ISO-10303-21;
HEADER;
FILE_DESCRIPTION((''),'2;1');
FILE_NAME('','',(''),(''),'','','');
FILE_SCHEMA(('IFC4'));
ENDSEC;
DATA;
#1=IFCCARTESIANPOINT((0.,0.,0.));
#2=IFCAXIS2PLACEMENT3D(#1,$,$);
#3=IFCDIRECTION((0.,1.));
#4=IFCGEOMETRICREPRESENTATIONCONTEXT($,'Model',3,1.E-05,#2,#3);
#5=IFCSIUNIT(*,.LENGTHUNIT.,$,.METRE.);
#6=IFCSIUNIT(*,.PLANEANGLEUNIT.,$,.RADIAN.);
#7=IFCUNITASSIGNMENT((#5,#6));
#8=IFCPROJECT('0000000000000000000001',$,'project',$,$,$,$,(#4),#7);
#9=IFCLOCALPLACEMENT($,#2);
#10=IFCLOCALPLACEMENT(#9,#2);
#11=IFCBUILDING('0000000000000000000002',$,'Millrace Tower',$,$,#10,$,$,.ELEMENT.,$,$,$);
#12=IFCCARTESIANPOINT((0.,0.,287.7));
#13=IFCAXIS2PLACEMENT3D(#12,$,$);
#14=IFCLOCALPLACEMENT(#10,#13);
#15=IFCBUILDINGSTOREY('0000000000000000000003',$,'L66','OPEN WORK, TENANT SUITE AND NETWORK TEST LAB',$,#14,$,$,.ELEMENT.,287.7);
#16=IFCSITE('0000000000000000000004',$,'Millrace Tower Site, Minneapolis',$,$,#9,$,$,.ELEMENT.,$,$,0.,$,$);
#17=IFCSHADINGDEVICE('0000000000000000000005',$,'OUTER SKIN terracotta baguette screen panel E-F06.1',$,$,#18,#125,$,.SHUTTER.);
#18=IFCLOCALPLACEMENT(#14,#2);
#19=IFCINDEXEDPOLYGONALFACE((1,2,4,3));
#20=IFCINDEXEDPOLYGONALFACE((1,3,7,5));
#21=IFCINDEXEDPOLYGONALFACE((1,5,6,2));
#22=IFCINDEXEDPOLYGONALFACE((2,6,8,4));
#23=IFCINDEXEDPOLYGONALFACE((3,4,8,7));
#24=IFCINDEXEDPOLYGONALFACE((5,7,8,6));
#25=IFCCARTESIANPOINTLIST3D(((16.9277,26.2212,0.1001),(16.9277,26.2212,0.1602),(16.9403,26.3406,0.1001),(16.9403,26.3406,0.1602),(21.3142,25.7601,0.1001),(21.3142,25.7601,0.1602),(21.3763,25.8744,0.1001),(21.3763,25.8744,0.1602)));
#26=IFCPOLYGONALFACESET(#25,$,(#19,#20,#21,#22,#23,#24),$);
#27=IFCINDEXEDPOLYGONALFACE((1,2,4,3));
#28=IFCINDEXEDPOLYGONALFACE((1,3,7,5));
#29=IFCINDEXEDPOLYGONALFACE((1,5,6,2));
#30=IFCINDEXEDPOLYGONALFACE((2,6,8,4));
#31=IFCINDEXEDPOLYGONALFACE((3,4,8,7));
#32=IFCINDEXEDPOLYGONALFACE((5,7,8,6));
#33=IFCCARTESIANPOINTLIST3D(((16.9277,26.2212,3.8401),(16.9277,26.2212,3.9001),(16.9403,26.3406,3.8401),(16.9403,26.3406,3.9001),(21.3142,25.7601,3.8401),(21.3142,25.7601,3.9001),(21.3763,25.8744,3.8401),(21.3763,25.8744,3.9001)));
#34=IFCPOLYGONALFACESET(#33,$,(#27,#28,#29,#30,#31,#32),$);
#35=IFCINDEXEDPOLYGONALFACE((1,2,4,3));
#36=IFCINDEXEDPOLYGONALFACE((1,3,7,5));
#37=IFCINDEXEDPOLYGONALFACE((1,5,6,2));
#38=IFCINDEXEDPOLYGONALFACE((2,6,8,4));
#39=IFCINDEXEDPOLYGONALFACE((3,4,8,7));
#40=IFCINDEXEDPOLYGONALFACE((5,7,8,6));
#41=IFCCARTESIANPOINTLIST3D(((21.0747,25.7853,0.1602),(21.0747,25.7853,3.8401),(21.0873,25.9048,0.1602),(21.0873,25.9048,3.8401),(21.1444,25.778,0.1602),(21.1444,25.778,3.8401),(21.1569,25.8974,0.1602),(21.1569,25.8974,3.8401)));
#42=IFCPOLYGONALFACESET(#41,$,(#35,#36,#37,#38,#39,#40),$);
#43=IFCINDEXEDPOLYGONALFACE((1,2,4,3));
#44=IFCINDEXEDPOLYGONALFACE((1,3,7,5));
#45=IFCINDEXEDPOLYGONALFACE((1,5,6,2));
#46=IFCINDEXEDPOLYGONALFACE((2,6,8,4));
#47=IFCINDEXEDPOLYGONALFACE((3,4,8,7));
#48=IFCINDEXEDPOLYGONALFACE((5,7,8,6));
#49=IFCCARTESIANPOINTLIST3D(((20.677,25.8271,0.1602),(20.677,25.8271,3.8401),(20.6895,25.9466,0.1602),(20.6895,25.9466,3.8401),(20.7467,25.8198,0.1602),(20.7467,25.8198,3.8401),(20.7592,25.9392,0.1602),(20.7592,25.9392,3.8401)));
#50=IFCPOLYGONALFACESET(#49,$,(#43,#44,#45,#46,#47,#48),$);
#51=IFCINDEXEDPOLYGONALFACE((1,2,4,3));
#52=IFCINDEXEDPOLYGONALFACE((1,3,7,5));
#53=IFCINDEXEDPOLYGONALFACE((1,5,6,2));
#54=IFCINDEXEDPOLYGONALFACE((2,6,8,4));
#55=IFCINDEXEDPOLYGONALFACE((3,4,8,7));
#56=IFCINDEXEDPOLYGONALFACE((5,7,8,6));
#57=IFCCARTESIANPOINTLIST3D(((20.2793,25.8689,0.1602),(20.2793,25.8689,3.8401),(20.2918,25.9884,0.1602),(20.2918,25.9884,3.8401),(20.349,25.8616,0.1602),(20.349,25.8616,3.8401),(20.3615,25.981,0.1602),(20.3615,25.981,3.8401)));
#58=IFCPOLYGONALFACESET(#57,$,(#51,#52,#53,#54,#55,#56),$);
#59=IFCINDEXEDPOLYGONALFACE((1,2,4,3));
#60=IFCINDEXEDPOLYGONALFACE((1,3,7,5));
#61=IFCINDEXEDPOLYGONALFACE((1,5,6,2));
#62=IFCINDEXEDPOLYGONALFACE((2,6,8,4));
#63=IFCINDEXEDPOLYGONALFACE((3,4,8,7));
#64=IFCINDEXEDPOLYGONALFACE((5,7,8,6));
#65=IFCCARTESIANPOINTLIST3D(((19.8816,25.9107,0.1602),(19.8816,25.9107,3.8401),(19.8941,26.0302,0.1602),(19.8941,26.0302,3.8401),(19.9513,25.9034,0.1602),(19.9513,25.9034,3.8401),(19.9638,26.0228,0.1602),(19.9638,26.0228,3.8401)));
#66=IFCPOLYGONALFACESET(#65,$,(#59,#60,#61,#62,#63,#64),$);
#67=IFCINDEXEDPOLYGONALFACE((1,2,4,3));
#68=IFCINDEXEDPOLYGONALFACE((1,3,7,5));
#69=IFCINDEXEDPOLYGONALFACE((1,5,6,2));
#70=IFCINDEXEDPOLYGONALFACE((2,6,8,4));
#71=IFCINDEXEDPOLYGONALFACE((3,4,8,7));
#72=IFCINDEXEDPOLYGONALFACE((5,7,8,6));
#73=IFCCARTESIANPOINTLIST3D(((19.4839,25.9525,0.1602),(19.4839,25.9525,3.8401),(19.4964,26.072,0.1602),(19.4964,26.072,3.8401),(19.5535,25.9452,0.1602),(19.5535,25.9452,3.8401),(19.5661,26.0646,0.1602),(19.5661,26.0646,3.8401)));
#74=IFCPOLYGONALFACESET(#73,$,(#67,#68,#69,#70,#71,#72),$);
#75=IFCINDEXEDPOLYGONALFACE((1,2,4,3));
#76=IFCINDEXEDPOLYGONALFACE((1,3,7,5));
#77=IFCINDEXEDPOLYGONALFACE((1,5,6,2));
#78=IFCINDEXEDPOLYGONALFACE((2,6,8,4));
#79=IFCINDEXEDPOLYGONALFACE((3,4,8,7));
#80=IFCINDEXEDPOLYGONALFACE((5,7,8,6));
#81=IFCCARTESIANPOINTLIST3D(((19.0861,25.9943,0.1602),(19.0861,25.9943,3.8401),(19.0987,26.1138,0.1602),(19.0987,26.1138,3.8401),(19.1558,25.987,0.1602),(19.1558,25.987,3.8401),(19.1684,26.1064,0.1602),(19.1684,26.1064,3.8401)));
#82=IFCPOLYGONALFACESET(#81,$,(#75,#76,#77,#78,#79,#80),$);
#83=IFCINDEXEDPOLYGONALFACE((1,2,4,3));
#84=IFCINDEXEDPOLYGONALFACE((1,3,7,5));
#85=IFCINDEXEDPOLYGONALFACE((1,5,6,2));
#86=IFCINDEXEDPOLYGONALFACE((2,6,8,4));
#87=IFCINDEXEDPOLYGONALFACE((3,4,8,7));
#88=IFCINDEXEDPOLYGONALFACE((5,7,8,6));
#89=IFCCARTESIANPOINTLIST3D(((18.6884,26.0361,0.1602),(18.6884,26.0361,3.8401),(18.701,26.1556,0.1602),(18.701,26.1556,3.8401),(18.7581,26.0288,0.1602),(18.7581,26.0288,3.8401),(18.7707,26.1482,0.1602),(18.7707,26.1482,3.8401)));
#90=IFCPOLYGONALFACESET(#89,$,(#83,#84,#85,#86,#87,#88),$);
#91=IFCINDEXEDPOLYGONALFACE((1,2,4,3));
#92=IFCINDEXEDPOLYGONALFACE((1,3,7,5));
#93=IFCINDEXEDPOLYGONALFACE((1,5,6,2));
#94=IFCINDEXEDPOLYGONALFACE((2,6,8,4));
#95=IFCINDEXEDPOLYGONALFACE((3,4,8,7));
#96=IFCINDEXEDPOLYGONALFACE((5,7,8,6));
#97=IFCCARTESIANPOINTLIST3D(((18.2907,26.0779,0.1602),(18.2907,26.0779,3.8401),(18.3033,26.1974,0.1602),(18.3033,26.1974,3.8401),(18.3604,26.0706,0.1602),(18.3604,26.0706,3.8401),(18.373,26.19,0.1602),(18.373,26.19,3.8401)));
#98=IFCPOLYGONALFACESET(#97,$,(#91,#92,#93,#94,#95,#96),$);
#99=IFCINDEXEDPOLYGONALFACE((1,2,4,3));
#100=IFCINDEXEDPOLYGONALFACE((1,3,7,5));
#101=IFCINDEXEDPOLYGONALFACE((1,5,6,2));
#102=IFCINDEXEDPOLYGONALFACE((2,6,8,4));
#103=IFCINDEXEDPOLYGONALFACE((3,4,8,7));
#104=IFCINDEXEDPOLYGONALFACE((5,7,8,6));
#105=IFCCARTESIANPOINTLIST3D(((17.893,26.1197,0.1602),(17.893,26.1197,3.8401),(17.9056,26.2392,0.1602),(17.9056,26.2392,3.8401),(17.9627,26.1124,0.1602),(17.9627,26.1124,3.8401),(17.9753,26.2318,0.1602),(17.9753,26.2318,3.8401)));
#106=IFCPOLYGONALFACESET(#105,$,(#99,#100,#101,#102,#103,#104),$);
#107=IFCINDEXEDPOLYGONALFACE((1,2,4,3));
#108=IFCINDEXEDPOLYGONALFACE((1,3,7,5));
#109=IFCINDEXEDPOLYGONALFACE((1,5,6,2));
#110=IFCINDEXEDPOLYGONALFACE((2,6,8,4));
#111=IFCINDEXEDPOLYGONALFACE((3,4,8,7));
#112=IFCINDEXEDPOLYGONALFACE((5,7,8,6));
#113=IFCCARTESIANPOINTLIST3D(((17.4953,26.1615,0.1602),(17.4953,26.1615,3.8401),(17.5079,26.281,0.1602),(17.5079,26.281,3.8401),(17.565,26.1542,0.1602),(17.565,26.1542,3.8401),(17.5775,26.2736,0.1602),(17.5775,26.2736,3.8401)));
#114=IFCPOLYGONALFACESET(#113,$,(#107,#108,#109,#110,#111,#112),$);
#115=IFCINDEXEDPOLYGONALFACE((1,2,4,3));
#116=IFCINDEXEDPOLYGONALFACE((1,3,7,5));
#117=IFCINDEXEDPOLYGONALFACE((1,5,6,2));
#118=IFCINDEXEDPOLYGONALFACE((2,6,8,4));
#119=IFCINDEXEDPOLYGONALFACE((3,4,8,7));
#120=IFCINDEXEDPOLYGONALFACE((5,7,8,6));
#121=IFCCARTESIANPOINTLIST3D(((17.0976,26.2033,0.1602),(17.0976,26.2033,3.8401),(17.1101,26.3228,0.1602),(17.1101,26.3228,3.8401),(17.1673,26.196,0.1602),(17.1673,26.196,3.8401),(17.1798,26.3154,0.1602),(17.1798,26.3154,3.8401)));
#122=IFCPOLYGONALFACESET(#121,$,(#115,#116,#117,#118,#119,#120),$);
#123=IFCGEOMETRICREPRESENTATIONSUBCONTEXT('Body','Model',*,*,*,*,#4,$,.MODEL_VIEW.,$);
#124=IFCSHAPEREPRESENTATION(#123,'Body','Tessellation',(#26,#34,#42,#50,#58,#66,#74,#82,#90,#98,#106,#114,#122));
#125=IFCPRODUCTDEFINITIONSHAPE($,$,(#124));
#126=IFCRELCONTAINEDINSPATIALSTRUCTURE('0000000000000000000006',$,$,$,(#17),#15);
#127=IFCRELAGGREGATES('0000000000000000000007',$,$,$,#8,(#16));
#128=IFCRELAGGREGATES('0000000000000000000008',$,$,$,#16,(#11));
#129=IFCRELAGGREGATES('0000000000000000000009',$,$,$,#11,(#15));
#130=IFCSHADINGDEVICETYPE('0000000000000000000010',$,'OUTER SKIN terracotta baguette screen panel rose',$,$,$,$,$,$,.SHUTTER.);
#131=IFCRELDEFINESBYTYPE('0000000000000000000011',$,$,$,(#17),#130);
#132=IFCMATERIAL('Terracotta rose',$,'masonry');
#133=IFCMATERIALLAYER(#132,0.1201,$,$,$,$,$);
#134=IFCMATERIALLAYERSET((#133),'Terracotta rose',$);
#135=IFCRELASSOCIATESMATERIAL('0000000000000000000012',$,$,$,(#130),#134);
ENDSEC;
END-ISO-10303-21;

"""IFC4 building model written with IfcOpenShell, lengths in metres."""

from ifc_helpers import new_model, entity, si_unit, direction, frame, frame_2d, origin, place, context, subcontext, project, spatial, rectangle, extrude, source, transform, mapped, material, layer, layer_set, type_object, element, save


model = new_model("IFC4")

# Units and contexts
model_context = context("Model", 3, precision=1e-05, world=origin(), true_north=direction((0.0, 1.0)))
body_context = subcontext(model_context, "Body", "Model", "MODEL_VIEW")
ifc_project = project(units=[si_unit("LENGTHUNIT", "METRE"), si_unit("PLANEANGLEUNIT", "RADIAN")], contexts=[model_context])

# Site, building, storey
site_placement = place(None, origin())
site = spatial("IfcSite", under=ifc_project, at=site_placement, Name="Millrace Tower Site, Minneapolis", CompositionType="ELEMENT", RefElevation=0.0)
building_placement = place(site_placement, origin())
building = spatial("IfcBuilding", under=site, at=building_placement, Name="Millrace Tower", CompositionType="ELEMENT")
storey_placement = place(building_placement, frame((0.0, 0.0, 287.7)))
storey = spatial("IfcBuildingStorey", under=building, at=storey_placement, Name="L66", Description="OPEN WORK, TENANT SUITE AND NETWORK TEST LAB", CompositionType="ELEMENT", Elevation=287.7)

# Shading device
ifc_material_1 = material(Name="Terracotta rose", Category="masonry")
ifc_layer_1 = layer(ifc_material_1, 0.1201)
ifc_layer_set_1 = layer_set([ifc_layer_1], Name="Terracotta rose")
shading_device_type = type_object("IfcShadingDeviceType", Name="OUTER SKIN terracotta baguette screen panel rose", PredefinedType="SHUTTER", material=ifc_layer_set_1)
cartesian_point_1 = entity("IfcCartesianPoint", [-2.1929, 0.0601])
shared_polyline_1 = entity("IfcPolyline", [cartesian_point_1, entity("IfcCartesianPoint", [2.2178, 0.0601]), entity("IfcCartesianPoint", [2.2178, -0.0601]), entity("IfcCartesianPoint", [-2.2427, -0.0601]), cartesian_point_1])
shared_shape_1 = source(origin(), body_context, "Body", "SweptSolid", [
    entity("IfcExtrudedAreaSolid", entity("IfcArbitraryClosedProfileDef", "AREA", None, shared_polyline_1), entity("IfcAxis2Placement3D", entity("IfcCartesianPoint", [0.0, 0.0, 0.0])), entity("IfcDirection", [0.0, 0.0, 1.0]), 0.0601),
    entity("IfcExtrudedAreaSolid", entity("IfcArbitraryClosedProfileDef", "AREA", None, shared_polyline_1), entity("IfcAxis2Placement3D", entity("IfcCartesianPoint", [0.0, 0.0, 3.74])), entity("IfcDirection", [0.0, 0.0, 1.0]), 0.0601),
    extrude(rectangle(XDim=0.0701, YDim=0.1201, at=frame_2d((-1.9871, 0.0))), frame((0.0, 0.0, 0.0601)), (0.0, 0.0, 1.0), 3.6799),
    extrude(rectangle(XDim=0.0701, YDim=0.1201, at=frame_2d((-1.5872, 0.0))), frame((0.0, 0.0, 0.0601)), (0.0, 0.0, 1.0), 3.6799),
    extrude(rectangle(XDim=0.0701, YDim=0.1201, at=frame_2d((-1.1873, 0.0))), frame((0.0, 0.0, 0.0601)), (0.0, 0.0, 1.0), 3.6799),
    extrude(rectangle(XDim=0.0701, YDim=0.1201, at=frame_2d((-0.7874, 0.0))), frame((0.0, 0.0, 0.0601)), (0.0, 0.0, 1.0), 3.6799),
    extrude(rectangle(XDim=0.0701, YDim=0.1201, at=frame_2d((-0.3875, 0.0))), frame((0.0, 0.0, 0.0601)), (0.0, 0.0, 1.0), 3.6799),
    extrude(rectangle(XDim=0.0701, YDim=0.1201, at=frame_2d((0.0125, 0.0))), frame((0.0, 0.0, 0.0601)), (0.0, 0.0, 1.0), 3.6799),
    extrude(rectangle(XDim=0.0701, YDim=0.1201, at=frame_2d((0.4124, 0.0))), frame((0.0, 0.0, 0.0601)), (0.0, 0.0, 1.0), 3.6799),
    extrude(rectangle(XDim=0.0701, YDim=0.1201, at=frame_2d((0.8123, 0.0))), frame((0.0, 0.0, 0.0601)), (0.0, 0.0, 1.0), 3.6799),
    extrude(rectangle(XDim=0.0701, YDim=0.1201, at=frame_2d((1.2122, 0.0))), frame((0.0, 0.0, 0.0601)), (0.0, 0.0, 1.0), 3.6799),
    extrude(rectangle(XDim=0.0701, YDim=0.1201, at=frame_2d((1.6121, 0.0))), frame((0.0, 0.0, 0.0601)), (0.0, 0.0, 1.0), 3.6799),
    extrude(rectangle(XDim=0.0701, YDim=0.1201, at=frame_2d((2.012, 0.0))), frame((0.0, 0.0, 0.0601)), (0.0, 0.0, 1.0), 3.6799),
])
shading_device_1_placement = place(storey_placement, frame((19.1396, 26.0491, 0.1001), z_axis=(0.0, 0.0, 1.0), x_axis=(-0.994522, 0.104528, 0.0)))
element("IfcShadingDevice", 1, at=shading_device_1_placement, inside=storey, type_object=shading_device_type, Name="OUTER SKIN terracotta baguette screen panel E-F06.1", PredefinedType="SHUTTER", context=body_context, shape_type="MappedRepresentation", body=[
    mapped(shared_shape_1, transform((0.0, 0.0, 0.0), scale=1.0)),
])

save(model, "model.ifc")
